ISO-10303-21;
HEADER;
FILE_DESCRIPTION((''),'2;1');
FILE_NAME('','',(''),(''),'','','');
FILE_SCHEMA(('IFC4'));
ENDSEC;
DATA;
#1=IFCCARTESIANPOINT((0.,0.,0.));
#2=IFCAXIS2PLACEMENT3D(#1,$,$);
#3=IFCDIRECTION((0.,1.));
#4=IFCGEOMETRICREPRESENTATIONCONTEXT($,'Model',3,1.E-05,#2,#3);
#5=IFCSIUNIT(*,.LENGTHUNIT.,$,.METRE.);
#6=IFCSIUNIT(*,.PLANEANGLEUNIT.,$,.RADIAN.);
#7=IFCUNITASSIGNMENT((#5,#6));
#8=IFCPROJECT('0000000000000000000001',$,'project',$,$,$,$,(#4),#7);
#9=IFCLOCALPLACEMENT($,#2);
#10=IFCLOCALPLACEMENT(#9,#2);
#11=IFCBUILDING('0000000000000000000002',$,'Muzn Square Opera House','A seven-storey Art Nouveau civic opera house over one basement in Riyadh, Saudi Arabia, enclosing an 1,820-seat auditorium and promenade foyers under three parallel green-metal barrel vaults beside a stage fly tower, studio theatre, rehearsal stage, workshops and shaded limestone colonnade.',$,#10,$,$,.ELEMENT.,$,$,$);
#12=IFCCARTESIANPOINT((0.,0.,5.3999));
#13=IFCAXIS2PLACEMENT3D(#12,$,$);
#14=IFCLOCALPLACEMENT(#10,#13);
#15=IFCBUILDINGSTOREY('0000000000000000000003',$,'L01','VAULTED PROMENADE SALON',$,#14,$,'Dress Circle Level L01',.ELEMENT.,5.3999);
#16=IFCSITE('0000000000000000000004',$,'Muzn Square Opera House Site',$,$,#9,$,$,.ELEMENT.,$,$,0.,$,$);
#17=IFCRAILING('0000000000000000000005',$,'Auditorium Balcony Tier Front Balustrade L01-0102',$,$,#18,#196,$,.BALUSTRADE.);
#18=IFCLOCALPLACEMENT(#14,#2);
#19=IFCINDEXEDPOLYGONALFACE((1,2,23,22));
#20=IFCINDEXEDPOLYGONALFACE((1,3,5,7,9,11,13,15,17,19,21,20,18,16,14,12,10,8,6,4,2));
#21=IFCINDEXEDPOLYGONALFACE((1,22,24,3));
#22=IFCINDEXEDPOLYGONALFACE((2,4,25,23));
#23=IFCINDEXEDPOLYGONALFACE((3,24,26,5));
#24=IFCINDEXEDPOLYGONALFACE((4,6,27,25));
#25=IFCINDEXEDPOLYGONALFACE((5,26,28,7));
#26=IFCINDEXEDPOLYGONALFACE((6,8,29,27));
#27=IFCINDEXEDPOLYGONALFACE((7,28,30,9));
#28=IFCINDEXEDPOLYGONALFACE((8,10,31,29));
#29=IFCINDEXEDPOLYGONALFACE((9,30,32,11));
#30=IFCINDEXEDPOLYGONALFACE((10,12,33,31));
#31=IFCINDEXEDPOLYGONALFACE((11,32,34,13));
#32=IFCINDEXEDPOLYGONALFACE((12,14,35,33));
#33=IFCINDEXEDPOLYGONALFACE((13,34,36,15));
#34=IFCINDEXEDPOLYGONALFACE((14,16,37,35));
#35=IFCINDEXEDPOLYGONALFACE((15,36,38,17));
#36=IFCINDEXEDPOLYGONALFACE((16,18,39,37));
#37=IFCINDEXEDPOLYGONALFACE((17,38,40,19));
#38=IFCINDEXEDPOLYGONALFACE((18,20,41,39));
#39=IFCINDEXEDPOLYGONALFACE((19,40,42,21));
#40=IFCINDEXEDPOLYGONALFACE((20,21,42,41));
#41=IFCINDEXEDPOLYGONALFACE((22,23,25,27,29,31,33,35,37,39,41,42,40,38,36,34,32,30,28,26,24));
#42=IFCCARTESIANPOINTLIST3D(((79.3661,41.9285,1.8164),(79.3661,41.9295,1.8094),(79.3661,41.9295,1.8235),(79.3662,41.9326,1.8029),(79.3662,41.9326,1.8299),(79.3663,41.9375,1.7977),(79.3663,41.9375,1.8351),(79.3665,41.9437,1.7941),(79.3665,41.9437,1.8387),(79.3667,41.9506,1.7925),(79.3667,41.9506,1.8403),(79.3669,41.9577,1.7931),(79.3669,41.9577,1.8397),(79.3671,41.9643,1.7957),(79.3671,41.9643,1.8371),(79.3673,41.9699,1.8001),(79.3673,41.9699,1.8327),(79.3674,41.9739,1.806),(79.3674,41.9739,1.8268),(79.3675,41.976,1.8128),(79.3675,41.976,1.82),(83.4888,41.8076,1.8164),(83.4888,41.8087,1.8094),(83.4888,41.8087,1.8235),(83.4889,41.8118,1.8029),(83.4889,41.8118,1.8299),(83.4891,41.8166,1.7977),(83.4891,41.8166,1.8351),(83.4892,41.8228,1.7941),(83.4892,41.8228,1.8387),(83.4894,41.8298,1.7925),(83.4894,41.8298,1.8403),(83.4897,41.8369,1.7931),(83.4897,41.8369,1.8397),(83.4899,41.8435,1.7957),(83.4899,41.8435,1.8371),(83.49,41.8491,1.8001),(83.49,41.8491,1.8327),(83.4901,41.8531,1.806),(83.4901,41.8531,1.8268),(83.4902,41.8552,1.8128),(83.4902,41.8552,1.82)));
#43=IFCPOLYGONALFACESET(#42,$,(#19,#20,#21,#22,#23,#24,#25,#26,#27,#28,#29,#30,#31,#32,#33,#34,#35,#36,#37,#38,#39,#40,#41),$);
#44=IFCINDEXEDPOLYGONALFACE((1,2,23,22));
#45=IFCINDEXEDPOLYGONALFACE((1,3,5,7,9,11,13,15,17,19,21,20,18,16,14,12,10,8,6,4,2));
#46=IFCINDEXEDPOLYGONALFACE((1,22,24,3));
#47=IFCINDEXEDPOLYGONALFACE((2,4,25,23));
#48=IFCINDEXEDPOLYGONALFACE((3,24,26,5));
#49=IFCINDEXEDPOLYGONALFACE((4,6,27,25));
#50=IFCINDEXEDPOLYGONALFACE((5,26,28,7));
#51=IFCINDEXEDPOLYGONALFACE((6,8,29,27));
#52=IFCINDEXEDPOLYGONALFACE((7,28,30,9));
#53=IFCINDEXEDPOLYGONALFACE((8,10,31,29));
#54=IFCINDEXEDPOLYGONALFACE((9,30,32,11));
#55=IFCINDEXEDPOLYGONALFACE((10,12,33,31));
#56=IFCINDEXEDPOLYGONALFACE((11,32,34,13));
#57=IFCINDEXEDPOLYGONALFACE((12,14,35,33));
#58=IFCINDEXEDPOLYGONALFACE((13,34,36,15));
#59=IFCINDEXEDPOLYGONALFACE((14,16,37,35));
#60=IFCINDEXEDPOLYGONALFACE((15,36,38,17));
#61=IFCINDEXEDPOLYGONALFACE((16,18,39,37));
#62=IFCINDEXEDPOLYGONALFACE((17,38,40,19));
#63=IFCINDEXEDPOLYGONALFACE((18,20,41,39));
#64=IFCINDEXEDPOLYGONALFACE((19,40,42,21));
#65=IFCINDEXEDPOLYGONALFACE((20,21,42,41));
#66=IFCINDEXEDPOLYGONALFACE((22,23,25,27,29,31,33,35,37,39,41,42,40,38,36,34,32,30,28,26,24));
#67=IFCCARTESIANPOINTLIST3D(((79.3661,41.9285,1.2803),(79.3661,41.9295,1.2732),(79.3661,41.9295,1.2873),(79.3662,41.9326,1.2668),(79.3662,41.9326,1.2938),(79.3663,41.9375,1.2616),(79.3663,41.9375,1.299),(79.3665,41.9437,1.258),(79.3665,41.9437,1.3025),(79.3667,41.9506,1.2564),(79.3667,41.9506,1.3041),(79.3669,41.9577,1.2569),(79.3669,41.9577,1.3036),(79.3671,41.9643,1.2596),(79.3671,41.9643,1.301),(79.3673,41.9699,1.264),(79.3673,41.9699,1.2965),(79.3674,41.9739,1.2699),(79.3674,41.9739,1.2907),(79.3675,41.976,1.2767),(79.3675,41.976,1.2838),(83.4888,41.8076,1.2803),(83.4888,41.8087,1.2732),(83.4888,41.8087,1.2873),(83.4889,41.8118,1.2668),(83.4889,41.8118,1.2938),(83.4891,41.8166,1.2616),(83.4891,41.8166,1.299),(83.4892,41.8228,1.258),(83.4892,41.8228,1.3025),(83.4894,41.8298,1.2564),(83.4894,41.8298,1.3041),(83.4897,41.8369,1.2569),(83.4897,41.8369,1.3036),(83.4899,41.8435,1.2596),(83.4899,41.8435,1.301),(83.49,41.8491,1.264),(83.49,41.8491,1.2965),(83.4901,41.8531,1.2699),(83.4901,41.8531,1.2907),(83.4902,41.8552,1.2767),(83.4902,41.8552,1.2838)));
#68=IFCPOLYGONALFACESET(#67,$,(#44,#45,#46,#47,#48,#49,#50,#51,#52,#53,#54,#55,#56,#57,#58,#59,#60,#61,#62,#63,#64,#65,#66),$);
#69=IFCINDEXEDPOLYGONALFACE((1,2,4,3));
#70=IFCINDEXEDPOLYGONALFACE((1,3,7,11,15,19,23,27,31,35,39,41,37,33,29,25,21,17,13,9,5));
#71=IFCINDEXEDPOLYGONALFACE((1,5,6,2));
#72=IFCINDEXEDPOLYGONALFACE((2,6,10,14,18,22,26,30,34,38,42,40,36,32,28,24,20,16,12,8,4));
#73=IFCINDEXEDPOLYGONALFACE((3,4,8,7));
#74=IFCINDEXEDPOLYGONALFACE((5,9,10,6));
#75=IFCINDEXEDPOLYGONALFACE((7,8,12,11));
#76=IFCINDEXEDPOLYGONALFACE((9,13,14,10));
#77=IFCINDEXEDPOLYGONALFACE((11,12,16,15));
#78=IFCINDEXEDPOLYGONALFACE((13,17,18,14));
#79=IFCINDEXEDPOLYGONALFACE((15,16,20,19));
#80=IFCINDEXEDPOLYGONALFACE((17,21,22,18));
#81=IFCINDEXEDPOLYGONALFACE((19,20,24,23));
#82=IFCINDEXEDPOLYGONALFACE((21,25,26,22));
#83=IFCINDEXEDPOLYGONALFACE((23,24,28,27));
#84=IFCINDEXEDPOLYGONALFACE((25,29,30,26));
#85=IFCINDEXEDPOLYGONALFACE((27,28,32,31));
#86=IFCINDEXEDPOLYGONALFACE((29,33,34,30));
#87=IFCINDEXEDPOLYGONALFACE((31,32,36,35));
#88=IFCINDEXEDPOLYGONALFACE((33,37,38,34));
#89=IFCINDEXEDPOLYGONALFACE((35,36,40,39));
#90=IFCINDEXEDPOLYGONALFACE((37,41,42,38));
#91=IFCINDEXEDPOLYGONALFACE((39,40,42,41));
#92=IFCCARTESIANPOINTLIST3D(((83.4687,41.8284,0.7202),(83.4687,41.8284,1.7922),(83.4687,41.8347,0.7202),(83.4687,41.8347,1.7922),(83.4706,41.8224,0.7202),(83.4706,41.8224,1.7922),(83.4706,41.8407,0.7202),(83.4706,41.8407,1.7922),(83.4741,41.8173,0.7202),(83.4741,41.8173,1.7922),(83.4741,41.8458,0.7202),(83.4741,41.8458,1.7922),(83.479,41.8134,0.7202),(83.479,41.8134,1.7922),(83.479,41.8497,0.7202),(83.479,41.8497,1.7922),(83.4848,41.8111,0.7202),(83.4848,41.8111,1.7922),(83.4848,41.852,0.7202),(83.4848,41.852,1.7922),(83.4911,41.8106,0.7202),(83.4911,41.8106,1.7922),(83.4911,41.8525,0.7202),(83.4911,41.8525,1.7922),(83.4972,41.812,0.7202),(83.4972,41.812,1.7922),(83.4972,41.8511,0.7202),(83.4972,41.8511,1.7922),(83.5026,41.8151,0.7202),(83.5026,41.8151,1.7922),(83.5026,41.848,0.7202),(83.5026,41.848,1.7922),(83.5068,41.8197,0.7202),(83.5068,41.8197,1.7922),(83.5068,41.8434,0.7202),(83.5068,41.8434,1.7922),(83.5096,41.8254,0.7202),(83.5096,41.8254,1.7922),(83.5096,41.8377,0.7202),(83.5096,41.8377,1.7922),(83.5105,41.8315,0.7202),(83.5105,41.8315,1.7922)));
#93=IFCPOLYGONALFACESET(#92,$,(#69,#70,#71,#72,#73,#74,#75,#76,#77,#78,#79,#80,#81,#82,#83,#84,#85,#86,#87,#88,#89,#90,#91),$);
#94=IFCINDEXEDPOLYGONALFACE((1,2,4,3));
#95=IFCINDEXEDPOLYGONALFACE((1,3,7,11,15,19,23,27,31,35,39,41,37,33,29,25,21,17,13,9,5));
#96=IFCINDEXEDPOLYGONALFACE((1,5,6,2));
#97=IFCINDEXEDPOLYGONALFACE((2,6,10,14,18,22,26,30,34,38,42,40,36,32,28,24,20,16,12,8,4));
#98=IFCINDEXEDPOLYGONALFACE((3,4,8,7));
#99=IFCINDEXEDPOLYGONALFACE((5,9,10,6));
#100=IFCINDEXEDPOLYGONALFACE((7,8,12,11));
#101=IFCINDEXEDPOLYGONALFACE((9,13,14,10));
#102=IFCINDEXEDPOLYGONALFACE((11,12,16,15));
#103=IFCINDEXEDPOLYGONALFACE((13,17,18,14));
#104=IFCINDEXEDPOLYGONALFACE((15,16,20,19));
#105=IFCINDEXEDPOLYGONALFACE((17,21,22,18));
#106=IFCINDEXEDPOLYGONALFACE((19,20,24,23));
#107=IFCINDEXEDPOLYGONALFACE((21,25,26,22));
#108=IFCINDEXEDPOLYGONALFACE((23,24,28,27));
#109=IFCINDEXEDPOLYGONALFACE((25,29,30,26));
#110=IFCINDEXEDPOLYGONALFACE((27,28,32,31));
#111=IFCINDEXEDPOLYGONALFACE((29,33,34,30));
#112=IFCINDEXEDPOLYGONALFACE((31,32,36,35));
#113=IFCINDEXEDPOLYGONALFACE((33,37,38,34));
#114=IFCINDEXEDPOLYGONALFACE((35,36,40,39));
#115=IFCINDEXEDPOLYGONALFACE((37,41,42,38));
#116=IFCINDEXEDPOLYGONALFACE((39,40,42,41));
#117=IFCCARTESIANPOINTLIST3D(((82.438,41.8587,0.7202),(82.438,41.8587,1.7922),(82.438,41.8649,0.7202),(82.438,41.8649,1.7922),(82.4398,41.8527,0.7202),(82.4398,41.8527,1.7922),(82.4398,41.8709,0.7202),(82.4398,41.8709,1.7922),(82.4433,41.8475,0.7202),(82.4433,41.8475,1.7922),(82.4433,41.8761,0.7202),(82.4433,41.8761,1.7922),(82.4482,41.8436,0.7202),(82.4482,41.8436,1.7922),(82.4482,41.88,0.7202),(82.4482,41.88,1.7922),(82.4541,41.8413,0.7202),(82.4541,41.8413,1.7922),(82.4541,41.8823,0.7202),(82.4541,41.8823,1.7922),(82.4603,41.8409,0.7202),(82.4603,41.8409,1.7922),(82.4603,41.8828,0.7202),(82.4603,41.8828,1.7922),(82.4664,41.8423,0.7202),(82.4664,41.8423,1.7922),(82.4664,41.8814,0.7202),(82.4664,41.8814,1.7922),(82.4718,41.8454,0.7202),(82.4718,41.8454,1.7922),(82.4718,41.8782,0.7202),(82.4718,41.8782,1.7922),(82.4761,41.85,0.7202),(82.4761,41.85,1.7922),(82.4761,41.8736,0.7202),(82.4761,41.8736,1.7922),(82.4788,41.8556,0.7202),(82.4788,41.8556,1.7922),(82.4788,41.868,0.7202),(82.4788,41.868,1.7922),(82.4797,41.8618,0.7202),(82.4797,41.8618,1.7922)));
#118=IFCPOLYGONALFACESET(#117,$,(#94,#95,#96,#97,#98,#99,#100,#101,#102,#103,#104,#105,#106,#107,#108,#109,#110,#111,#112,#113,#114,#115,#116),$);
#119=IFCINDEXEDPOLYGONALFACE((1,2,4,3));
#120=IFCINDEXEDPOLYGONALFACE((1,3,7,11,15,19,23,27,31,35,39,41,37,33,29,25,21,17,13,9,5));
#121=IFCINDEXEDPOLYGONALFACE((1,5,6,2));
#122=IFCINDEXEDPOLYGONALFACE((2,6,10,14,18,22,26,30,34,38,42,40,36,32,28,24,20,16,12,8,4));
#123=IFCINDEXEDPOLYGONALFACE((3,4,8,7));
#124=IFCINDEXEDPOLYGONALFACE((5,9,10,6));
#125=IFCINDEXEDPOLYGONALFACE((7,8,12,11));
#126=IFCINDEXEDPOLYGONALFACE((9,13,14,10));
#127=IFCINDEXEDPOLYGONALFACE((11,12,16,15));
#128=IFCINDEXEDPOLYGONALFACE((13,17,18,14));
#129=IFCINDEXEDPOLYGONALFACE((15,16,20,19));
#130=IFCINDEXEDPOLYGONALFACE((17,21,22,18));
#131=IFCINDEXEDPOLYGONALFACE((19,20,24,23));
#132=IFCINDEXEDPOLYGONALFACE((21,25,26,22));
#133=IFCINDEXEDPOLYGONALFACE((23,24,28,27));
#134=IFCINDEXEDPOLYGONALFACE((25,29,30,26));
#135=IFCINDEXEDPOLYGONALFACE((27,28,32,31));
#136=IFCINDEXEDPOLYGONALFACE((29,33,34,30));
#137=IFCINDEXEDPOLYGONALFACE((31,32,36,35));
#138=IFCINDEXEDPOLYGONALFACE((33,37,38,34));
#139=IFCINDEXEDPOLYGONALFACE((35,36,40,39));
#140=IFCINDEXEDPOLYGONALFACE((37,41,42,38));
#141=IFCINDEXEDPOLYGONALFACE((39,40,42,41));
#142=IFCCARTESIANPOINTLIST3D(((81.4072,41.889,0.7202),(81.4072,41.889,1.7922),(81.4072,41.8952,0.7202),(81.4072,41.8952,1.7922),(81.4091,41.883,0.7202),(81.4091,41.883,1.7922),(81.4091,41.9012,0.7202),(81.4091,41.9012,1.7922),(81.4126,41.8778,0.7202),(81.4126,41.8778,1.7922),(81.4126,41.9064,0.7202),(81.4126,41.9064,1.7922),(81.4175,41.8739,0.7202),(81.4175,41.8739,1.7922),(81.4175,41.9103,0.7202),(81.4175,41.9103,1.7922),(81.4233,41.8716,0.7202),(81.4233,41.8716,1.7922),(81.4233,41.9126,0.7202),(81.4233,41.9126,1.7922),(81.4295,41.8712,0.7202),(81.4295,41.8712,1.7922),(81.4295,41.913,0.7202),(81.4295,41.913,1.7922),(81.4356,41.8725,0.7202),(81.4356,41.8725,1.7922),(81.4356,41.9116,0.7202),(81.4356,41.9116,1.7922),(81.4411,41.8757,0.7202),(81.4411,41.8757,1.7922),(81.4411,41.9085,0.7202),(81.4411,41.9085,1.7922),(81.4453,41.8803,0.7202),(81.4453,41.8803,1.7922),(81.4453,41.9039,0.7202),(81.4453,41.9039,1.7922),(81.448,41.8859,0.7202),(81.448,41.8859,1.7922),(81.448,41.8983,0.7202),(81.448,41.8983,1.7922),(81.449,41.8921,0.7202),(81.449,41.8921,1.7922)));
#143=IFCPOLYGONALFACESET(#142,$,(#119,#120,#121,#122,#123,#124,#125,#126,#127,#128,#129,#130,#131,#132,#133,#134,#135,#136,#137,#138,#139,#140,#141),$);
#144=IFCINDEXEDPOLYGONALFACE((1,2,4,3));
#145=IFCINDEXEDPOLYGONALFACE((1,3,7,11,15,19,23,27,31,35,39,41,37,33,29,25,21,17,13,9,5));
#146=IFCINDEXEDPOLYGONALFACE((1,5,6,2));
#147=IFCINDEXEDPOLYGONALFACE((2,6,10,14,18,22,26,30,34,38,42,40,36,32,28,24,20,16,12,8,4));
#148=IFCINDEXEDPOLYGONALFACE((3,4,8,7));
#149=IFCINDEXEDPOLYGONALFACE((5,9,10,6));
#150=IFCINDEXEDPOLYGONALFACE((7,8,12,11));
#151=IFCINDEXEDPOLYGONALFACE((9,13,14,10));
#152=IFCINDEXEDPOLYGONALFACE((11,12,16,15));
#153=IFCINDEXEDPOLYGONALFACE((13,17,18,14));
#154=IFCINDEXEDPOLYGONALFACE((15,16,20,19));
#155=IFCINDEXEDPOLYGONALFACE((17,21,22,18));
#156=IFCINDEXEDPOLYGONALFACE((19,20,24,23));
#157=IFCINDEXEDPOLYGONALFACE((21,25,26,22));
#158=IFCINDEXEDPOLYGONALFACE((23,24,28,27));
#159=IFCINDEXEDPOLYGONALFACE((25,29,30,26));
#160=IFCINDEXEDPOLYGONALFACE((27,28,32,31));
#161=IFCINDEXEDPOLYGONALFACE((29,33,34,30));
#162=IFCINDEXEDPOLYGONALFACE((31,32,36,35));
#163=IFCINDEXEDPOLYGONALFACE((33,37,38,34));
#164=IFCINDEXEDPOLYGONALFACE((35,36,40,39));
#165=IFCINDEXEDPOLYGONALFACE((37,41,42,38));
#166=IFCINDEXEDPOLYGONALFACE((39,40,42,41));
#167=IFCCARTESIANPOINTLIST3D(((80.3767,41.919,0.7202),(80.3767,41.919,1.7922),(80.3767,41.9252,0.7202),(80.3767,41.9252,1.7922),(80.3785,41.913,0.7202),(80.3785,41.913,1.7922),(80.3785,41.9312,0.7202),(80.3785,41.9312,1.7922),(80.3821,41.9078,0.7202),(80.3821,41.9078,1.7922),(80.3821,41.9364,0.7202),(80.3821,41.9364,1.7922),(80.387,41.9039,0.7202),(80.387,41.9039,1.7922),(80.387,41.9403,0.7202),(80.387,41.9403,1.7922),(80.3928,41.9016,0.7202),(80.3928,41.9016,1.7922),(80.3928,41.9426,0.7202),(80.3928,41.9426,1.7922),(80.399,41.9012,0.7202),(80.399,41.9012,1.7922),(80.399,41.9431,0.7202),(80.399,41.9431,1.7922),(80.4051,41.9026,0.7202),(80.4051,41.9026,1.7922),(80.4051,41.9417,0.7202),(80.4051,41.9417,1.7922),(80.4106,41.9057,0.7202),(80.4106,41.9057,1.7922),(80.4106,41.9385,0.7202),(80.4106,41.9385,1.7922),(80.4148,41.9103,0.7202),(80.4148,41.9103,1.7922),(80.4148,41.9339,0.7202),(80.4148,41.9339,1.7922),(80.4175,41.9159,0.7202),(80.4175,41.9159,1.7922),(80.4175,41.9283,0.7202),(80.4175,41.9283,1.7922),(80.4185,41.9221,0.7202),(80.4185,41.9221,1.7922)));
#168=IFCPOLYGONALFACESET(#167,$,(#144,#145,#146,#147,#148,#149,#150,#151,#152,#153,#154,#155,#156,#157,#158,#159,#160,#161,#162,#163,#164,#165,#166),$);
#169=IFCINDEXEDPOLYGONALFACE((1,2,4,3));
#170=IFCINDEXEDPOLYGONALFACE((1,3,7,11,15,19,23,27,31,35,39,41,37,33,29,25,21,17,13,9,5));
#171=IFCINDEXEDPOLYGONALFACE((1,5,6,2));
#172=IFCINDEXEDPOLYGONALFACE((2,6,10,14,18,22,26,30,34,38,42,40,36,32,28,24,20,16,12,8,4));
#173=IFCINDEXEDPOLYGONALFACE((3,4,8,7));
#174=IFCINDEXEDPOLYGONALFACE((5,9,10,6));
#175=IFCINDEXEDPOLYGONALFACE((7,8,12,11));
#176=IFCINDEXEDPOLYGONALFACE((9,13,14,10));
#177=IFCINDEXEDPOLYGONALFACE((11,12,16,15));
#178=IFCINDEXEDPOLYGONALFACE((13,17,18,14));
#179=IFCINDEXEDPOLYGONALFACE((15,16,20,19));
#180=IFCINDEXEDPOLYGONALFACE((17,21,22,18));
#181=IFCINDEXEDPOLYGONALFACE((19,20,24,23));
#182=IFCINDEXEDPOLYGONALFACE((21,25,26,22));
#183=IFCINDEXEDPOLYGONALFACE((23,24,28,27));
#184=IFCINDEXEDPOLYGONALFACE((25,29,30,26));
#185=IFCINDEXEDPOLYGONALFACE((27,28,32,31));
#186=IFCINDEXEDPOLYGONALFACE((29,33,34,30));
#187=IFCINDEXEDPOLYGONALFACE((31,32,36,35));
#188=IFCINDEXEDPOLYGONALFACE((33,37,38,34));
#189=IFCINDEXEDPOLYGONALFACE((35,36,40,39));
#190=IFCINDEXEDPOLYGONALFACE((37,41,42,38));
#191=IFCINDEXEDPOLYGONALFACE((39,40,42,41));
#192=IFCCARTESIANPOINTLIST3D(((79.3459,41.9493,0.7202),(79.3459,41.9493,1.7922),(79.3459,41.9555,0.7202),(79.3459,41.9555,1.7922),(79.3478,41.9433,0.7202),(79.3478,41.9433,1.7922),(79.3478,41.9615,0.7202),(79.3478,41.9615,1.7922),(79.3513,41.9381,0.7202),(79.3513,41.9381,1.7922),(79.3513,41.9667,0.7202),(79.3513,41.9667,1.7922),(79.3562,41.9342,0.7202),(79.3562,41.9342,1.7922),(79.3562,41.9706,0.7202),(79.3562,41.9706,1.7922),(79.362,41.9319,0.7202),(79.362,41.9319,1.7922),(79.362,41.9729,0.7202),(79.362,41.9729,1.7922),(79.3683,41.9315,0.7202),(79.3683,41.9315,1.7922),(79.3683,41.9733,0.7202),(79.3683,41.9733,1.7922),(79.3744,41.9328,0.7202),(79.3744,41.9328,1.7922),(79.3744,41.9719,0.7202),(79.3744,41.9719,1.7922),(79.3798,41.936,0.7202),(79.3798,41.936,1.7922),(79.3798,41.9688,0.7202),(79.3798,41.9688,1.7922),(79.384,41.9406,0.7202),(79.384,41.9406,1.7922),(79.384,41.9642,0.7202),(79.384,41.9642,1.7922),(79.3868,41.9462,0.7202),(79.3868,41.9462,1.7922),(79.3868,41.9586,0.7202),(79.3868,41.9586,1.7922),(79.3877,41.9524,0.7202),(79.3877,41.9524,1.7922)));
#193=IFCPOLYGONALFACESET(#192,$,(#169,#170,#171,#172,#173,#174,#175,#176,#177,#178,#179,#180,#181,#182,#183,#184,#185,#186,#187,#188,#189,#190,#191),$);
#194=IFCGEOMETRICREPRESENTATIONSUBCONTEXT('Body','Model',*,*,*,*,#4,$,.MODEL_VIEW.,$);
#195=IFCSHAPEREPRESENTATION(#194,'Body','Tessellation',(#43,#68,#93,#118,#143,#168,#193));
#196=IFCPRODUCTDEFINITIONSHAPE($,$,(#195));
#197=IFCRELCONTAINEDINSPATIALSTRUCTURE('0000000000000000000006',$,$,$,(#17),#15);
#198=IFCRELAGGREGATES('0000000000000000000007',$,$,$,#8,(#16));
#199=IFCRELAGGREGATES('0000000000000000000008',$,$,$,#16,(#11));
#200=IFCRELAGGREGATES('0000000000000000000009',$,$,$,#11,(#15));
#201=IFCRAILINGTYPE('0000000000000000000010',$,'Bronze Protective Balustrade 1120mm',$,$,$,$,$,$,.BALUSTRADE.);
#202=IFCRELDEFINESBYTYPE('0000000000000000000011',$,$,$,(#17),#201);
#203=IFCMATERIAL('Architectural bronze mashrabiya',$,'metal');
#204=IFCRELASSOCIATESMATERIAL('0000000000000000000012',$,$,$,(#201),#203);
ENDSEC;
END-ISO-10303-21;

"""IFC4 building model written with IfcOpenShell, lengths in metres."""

from ifc_helpers import new_model, si_unit, direction, frame, origin, origin_2d, place, context, subcontext, project, spatial, circle, extrude, material, type_object, element, save


model = new_model("IFC4")

# Units and contexts
model_context = context("Model", 3, precision=1e-05, world=origin(), true_north=direction((0.0, 1.0)))
body_context = subcontext(model_context, "Body", "Model", "MODEL_VIEW")
ifc_project = project(units=[si_unit("LENGTHUNIT", "METRE"), si_unit("PLANEANGLEUNIT", "RADIAN")], contexts=[model_context])

# Site, building, storey
site_placement = place(None, origin())
site = spatial("IfcSite", under=ifc_project, at=site_placement, Name="Muzn Square Opera House Site", CompositionType="ELEMENT", RefElevation=0.0)
building_placement = place(site_placement, origin())
building = spatial("IfcBuilding", under=site, at=building_placement, Name="Muzn Square Opera House", Description="A seven-storey Art Nouveau civic opera house over one basement in Riyadh, Saudi Arabia, enclosing an 1,820-seat auditorium and promenade foyers under three parallel green-metal barrel vaults beside a stage fly tower, studio theatre, rehearsal stage, workshops and shaded limestone colonnade.", CompositionType="ELEMENT")
storey_placement = place(building_placement, frame((0.0, 0.0, 5.3999)))
storey = spatial("IfcBuildingStorey", under=building, at=storey_placement, Name="L01", Description="VAULTED PROMENADE SALON", LongName="Dress Circle Level L01", CompositionType="ELEMENT", Elevation=5.3999)

# Railing
ifc_material_1 = material(Name="Architectural bronze mashrabiya", Category="metal")
railing_type_1 = type_object("IfcRailingType", Name="Bronze Protective Balustrade 1120mm", PredefinedType="BALUSTRADE", material=ifc_material_1)
railing_1_placement = place(storey_placement, frame((83.4895, 41.8315, 0.7202)))
element("IfcRailing", 1, at=railing_1_placement, inside=storey, type_object=railing_type_1, Name="Auditorium Balcony Tier Front Balustrade L01-0102", PredefinedType="BALUSTRADE", context=body_context, shape_type="SweptSolid", body=[
    extrude(circle(Radius=0.0239, at=origin_2d()), frame((0.0, 0.0, 1.0962), z_axis=(-0.999571, 0.0293, 0.0), x_axis=(-0.0293, -0.999571, 0.0)), (0.0, 0.0, 1.0), 4.1245),
    extrude(circle(Radius=0.0239, at=origin_2d()), frame((0.0, 0.0, 0.5601), z_axis=(-0.999571, 0.0293, 0.0), x_axis=(-0.0293, -0.999571, 0.0)), (0.0, 0.0, 1.0), 4.1245),
    extrude(circle(Radius=0.021, at=origin_2d()), origin(), (0.0, 0.0, 1.0), 1.072),
    extrude(circle(Radius=0.021, at=origin_2d()), frame((-1.0308, 0.0303, 0.0)), (0.0, 0.0, 1.0), 1.072),
    extrude(circle(Radius=0.021, at=origin_2d()), frame((-2.0615, 0.0605, 0.0)), (0.0, 0.0, 1.0), 1.072),
    extrude(circle(Radius=0.021, at=origin_2d()), frame((-3.092, 0.0906, 0.0)), (0.0, 0.0, 1.0), 1.072),
    extrude(circle(Radius=0.021, at=origin_2d()), frame((-4.1228, 0.1208, 0.0)), (0.0, 0.0, 1.0), 1.072),
])

save(model, "model.ifc")
